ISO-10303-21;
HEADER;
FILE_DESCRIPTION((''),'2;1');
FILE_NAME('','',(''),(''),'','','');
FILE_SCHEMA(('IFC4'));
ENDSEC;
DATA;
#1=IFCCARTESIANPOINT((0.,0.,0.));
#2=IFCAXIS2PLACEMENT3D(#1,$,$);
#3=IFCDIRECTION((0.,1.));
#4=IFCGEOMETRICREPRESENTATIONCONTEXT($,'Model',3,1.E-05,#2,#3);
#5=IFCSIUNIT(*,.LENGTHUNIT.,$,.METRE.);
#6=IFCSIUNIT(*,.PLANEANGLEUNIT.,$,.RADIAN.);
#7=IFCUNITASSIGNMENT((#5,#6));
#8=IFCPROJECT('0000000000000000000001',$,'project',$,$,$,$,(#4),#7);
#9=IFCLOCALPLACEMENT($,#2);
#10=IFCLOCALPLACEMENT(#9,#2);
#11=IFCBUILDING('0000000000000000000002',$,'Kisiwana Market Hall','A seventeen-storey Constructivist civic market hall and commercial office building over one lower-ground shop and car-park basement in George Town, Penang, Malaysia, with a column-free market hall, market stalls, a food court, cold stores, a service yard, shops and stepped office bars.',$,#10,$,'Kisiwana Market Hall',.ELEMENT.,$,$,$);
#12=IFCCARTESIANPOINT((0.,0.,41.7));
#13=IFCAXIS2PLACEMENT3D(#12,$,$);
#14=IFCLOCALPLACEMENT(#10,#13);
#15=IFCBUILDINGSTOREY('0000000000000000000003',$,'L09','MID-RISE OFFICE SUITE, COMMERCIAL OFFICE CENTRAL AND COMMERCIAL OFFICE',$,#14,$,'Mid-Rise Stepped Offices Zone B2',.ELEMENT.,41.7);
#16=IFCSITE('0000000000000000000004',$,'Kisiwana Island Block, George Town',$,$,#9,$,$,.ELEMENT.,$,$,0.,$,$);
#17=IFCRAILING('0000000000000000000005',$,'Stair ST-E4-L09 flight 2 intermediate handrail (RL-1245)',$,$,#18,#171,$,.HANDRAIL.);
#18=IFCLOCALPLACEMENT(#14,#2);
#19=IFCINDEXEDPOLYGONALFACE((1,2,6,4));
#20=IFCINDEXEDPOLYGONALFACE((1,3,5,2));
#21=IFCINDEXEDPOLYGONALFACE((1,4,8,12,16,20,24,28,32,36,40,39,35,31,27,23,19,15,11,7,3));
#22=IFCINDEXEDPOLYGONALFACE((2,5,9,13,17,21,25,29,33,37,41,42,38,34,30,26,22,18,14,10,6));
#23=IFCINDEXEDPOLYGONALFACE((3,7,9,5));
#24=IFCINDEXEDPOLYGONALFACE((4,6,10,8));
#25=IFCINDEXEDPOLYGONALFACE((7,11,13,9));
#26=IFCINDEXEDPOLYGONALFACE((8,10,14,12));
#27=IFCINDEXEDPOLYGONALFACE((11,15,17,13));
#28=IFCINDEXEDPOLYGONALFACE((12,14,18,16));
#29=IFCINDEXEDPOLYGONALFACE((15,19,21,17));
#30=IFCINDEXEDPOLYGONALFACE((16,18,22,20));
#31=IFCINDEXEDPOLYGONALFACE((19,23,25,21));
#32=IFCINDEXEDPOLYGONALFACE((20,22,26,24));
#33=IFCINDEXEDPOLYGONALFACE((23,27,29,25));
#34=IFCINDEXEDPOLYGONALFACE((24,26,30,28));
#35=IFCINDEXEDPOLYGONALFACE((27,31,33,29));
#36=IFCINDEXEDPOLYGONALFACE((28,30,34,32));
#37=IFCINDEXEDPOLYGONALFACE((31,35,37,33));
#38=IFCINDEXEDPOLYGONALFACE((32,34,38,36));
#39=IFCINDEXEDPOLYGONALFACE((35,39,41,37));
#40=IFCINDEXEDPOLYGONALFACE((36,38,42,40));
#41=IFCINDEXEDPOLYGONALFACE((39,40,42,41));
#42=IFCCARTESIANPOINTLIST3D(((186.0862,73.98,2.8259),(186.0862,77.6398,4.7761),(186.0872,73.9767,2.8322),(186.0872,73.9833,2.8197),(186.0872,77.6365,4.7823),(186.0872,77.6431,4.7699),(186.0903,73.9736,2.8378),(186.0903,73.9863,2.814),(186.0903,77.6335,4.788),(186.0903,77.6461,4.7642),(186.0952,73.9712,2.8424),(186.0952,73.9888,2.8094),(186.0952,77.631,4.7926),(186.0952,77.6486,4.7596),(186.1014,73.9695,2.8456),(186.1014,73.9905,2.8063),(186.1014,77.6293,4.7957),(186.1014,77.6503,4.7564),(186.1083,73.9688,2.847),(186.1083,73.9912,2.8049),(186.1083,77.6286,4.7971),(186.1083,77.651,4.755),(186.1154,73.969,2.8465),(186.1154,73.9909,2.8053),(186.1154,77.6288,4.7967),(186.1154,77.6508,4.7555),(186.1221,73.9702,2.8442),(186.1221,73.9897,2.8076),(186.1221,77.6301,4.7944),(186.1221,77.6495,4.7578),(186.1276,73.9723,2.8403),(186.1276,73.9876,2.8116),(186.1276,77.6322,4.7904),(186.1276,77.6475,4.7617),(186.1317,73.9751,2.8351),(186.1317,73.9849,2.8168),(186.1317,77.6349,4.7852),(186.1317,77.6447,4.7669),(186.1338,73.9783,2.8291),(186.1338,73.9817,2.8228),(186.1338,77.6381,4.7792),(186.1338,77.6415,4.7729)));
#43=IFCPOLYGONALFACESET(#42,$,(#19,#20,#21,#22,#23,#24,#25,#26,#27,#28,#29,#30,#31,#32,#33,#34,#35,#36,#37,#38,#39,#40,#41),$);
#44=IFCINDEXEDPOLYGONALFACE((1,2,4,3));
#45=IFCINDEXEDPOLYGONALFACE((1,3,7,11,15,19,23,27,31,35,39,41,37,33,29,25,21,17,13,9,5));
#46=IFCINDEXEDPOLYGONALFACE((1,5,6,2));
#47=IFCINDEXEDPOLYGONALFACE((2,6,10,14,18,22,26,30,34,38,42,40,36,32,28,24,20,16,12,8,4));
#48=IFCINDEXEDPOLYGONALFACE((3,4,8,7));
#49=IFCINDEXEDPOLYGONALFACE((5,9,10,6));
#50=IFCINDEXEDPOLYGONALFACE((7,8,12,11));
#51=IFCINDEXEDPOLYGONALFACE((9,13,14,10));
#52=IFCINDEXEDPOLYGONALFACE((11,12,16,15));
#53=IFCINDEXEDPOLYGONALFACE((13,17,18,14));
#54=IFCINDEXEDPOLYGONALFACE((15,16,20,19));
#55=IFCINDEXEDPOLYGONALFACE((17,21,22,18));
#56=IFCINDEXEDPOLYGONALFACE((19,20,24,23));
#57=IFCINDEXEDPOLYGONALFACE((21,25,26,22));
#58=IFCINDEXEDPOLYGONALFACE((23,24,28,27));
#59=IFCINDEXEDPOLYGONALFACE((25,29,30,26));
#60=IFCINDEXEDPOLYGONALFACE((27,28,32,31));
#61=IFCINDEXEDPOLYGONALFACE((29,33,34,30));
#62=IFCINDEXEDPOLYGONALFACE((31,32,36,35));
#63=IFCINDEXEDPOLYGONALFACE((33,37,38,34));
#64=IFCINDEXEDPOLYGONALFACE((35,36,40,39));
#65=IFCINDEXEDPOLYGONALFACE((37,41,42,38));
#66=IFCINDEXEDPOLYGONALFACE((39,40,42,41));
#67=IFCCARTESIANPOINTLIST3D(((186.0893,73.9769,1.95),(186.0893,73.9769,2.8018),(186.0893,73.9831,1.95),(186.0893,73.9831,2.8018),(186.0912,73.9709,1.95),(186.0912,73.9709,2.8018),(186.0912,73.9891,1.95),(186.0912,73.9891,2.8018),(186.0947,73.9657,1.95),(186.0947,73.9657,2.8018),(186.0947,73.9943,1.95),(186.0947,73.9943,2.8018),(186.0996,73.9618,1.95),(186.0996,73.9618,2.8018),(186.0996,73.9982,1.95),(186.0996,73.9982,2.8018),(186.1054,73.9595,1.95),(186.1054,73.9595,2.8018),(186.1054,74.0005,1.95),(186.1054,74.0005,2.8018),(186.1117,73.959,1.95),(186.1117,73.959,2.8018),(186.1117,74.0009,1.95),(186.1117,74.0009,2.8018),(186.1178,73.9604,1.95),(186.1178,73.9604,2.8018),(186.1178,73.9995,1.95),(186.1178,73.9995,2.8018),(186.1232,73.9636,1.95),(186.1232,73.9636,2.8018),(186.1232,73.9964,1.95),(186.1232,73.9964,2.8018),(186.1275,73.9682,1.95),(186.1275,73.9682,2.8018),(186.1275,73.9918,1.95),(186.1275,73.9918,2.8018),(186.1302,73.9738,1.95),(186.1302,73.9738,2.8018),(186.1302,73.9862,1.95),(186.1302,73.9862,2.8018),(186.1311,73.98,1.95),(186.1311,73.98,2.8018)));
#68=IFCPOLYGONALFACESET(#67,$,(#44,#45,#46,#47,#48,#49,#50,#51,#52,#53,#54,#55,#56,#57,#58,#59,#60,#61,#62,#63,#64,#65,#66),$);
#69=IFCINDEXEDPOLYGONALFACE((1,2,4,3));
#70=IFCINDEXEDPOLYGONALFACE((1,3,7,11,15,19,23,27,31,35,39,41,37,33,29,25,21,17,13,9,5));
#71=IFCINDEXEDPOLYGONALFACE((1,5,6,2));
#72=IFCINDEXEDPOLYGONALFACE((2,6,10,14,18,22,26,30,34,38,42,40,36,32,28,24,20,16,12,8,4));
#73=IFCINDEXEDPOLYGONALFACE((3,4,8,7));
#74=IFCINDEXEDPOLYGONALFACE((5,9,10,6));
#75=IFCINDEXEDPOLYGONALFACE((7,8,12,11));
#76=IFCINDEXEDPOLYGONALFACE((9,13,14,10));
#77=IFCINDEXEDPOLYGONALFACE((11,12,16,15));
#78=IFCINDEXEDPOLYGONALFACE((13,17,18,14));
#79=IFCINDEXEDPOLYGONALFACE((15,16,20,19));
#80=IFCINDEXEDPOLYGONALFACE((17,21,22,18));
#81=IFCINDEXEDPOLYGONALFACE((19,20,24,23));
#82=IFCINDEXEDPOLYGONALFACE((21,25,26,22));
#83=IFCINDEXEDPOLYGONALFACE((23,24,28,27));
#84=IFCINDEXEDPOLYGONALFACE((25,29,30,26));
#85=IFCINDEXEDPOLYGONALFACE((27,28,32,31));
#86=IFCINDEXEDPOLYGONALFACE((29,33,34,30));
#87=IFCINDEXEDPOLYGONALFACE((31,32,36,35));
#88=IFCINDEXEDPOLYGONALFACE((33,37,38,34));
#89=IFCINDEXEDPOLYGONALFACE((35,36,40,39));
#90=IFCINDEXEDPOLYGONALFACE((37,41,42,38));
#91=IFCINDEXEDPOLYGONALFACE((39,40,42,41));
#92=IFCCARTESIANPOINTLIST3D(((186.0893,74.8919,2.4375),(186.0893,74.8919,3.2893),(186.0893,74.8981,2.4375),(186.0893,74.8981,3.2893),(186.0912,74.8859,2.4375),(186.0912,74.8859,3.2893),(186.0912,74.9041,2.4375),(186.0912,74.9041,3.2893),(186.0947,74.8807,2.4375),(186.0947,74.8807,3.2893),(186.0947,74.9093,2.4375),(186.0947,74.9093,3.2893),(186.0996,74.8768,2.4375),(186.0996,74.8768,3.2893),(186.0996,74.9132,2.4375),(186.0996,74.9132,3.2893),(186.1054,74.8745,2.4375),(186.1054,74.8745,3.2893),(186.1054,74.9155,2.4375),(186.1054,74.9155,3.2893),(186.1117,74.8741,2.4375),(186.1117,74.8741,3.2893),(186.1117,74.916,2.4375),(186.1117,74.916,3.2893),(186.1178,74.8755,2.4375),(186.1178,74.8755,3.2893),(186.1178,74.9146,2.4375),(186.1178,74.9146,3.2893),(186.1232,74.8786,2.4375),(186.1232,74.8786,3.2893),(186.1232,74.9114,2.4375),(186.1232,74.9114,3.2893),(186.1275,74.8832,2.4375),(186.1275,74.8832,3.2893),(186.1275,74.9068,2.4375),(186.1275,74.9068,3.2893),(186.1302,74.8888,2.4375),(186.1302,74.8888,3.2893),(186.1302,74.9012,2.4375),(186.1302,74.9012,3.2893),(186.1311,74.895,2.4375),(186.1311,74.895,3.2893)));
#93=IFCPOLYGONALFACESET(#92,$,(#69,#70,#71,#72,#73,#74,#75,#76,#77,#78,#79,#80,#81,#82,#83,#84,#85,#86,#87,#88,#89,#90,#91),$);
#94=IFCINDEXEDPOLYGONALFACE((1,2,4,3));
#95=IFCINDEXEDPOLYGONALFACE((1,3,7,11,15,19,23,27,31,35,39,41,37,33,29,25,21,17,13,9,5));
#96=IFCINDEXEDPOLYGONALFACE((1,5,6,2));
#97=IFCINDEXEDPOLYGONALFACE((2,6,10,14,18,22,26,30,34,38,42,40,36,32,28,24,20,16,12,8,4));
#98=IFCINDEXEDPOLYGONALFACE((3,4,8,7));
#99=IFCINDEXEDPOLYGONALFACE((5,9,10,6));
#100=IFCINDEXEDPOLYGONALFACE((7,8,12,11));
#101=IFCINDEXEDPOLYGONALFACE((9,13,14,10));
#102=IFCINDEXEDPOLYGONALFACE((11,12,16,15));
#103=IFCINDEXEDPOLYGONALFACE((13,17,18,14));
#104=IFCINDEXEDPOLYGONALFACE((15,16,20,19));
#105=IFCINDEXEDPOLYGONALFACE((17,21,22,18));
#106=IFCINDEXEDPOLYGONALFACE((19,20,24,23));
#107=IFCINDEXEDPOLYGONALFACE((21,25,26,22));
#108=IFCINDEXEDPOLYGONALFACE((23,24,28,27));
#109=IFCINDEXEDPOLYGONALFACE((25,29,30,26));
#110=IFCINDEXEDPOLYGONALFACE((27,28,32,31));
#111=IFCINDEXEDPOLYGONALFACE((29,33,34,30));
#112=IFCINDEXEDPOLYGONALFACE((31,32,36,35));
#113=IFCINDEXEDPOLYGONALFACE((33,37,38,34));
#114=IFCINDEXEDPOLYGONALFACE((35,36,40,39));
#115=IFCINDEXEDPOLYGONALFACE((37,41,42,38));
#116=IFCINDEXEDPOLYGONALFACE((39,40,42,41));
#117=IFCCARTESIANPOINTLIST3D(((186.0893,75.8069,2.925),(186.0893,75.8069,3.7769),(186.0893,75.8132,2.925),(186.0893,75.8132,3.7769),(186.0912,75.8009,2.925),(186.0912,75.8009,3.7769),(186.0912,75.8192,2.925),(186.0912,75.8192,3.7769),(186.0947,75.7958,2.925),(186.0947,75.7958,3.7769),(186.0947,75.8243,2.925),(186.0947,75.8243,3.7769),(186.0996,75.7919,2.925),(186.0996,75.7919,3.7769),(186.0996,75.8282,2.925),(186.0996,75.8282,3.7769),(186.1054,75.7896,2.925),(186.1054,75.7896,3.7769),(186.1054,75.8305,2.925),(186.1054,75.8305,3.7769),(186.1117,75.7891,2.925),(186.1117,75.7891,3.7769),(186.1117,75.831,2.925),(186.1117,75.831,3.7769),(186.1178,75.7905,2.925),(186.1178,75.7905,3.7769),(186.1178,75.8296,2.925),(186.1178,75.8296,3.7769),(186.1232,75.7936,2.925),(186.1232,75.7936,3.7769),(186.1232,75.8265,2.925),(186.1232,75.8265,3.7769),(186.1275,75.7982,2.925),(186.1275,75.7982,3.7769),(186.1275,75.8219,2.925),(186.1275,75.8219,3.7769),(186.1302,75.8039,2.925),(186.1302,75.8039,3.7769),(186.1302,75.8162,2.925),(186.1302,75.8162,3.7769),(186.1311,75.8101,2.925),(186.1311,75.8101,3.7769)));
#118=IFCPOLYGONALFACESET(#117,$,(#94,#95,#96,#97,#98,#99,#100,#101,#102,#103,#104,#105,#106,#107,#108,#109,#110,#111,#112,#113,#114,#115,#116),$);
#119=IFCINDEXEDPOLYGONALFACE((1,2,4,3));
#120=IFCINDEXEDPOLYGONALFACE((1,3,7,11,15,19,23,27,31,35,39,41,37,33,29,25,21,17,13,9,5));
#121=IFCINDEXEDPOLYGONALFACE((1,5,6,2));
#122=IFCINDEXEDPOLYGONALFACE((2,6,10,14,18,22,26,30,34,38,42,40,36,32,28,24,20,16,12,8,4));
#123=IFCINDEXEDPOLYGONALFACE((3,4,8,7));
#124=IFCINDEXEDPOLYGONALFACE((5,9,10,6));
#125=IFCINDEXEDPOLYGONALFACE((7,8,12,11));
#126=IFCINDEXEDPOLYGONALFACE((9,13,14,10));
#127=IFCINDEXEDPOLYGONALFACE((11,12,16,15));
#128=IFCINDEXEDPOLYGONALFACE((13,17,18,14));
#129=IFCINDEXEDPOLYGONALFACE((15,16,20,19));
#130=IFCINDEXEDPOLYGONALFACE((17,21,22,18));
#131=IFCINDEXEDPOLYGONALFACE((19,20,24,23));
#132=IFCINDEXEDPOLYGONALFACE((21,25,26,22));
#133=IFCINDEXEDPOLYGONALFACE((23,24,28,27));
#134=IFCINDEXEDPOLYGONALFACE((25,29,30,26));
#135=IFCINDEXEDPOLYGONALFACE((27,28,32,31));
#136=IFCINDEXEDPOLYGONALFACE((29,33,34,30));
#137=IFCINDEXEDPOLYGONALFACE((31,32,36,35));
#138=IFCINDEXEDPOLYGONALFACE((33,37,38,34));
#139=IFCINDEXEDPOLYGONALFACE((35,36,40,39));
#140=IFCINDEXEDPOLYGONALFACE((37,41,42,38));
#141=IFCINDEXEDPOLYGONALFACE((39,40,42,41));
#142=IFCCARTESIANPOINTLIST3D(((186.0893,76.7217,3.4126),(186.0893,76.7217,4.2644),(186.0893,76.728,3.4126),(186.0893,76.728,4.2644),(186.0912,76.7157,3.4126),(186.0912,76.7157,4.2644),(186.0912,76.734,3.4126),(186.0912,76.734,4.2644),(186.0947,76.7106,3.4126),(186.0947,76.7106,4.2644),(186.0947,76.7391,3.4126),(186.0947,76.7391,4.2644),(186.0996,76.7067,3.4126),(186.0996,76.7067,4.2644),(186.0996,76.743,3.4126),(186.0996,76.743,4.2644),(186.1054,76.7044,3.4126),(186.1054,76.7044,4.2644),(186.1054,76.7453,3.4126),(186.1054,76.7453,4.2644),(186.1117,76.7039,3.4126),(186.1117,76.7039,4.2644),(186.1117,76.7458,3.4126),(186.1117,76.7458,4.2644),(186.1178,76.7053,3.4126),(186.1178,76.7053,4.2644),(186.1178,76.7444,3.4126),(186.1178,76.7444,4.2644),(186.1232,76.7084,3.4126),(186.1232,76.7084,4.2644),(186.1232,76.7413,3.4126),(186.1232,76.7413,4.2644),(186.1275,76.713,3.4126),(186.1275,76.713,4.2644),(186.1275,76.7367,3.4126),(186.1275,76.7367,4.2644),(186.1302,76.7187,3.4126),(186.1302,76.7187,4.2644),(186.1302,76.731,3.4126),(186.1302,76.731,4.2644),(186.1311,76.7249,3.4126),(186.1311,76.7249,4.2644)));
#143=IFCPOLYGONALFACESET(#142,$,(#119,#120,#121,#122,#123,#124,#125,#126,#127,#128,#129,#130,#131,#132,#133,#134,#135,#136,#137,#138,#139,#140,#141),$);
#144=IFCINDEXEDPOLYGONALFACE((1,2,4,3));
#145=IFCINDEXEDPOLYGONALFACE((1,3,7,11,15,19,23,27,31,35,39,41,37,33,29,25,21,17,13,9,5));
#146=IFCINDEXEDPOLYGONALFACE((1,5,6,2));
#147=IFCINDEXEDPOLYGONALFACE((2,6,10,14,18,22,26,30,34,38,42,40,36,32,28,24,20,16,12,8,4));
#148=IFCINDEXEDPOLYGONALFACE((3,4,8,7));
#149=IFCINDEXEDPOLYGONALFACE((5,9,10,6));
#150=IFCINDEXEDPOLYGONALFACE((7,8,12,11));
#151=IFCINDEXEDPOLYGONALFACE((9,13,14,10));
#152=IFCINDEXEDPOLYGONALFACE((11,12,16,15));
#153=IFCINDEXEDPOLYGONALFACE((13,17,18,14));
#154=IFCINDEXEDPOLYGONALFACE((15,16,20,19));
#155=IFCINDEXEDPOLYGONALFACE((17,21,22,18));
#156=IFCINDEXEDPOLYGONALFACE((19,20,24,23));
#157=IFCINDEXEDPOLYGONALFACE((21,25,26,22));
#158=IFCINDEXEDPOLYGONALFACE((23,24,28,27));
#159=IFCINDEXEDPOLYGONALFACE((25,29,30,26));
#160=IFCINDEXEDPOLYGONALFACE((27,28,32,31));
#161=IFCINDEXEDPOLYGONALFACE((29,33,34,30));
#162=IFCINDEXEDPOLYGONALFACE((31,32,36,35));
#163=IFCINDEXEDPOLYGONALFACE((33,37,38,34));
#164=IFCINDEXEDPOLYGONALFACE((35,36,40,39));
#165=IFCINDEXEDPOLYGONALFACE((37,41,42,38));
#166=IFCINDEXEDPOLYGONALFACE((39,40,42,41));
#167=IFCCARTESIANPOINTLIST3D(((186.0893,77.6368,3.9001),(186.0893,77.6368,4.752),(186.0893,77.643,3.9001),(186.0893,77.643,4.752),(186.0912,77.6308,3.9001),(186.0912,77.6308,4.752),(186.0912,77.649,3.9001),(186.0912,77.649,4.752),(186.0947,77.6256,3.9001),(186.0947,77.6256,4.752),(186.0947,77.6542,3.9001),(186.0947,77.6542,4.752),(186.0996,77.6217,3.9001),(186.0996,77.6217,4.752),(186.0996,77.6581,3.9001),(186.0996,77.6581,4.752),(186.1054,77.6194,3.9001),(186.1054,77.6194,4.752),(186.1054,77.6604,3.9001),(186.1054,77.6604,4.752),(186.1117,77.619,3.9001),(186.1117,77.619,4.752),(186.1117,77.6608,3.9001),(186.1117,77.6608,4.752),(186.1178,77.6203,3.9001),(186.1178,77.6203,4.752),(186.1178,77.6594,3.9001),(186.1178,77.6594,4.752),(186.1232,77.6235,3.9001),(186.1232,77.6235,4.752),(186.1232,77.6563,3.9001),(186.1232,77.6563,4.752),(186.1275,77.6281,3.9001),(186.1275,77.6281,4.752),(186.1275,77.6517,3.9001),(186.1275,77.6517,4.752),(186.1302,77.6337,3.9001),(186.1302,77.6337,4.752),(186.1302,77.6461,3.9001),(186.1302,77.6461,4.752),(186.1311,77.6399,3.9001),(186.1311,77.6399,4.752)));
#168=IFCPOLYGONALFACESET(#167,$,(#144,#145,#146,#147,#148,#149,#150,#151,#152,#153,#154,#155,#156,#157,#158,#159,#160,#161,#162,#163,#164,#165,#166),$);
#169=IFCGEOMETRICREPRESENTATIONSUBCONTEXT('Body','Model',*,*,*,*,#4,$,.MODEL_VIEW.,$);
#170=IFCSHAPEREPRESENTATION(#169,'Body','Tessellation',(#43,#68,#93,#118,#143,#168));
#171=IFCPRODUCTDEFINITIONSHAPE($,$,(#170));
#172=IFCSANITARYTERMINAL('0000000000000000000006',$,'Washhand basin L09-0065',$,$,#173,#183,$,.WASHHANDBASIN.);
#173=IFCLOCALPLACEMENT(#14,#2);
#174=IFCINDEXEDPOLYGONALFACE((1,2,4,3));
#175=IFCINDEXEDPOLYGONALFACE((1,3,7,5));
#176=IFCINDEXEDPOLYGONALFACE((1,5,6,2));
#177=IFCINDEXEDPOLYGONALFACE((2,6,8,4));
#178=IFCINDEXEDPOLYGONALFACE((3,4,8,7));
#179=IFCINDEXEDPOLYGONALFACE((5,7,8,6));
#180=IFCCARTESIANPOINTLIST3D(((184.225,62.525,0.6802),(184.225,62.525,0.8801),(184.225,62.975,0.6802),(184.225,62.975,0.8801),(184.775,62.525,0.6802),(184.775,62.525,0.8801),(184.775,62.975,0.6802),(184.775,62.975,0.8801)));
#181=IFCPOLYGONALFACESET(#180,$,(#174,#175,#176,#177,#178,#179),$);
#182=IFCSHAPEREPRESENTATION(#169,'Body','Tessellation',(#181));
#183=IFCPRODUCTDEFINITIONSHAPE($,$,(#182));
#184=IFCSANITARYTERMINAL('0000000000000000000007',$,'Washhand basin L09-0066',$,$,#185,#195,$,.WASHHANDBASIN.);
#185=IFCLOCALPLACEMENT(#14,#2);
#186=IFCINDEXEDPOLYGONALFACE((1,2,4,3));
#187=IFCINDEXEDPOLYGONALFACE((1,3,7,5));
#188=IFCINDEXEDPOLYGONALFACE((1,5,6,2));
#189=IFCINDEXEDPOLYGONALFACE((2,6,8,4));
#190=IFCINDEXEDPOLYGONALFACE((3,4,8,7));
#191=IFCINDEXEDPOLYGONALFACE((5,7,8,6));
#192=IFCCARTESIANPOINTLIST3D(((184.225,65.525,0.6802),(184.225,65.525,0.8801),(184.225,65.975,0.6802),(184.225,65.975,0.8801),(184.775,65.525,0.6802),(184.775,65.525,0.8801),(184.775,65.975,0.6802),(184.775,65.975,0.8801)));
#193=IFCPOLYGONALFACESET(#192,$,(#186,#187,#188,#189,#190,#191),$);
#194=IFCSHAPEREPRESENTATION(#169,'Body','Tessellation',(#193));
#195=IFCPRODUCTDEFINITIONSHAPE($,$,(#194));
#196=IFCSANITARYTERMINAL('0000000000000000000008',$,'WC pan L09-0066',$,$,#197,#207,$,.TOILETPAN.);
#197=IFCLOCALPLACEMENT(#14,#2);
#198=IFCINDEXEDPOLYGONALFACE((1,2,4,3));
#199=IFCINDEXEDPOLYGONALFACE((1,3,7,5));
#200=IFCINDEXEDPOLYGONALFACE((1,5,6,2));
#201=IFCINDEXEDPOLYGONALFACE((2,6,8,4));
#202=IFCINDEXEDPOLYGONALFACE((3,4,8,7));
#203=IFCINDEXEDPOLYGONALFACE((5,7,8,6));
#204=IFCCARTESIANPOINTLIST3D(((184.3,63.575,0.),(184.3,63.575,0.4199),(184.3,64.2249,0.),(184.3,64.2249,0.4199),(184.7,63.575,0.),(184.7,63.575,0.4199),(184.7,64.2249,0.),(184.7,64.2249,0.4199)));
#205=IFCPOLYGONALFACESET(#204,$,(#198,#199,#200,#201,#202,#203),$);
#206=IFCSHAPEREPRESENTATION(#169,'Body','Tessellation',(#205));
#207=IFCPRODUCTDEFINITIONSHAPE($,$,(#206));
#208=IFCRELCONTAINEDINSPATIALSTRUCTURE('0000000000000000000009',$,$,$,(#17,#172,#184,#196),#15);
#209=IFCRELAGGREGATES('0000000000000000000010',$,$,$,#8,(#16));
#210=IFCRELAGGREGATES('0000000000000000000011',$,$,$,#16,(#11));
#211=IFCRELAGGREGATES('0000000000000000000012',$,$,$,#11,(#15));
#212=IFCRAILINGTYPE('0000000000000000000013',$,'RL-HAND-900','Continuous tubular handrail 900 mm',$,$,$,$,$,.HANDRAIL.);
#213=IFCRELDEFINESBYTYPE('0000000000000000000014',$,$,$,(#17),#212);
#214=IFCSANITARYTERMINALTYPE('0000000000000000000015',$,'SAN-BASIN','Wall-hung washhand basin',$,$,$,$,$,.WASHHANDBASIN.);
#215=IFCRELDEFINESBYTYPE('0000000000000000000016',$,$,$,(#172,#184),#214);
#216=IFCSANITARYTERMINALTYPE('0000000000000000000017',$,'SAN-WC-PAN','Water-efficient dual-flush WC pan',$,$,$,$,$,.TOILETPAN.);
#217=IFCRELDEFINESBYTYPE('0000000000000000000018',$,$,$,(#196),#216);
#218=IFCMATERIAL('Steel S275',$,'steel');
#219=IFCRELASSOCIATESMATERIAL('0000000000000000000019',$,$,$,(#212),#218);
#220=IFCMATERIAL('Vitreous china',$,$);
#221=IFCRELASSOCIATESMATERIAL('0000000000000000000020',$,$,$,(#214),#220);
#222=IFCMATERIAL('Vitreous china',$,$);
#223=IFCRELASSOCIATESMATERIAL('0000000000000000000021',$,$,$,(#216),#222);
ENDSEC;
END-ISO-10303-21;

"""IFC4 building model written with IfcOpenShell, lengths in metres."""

from ifc_helpers import new_model, si_unit, direction, frame, origin, origin_2d, place, context, subcontext, project, spatial, rectangle, circle, extrude, material, type_object, element, save


model = new_model("IFC4")

# Units and contexts
model_context = context("Model", 3, precision=1e-05, world=origin(), true_north=direction((0.0, 1.0)))
body_context = subcontext(model_context, "Body", "Model", "MODEL_VIEW")
ifc_project = project(units=[si_unit("LENGTHUNIT", "METRE"), si_unit("PLANEANGLEUNIT", "RADIAN")], contexts=[model_context])

# Site, building, storey
site_placement = place(None, origin())
site = spatial("IfcSite", under=ifc_project, at=site_placement, Name="Kisiwana Island Block, George Town", CompositionType="ELEMENT", RefElevation=0.0)
building_placement = place(site_placement, origin())
building = spatial("IfcBuilding", under=site, at=building_placement, Name="Kisiwana Market Hall", Description="A seventeen-storey Constructivist civic market hall and commercial office building over one lower-ground shop and car-park basement in George Town, Penang, Malaysia, with a column-free market hall, market stalls, a food court, cold stores, a service yard, shops and stepped office bars.", LongName="Kisiwana Market Hall", CompositionType="ELEMENT")
storey_placement = place(building_placement, frame((0.0, 0.0, 41.7)))
storey = spatial("IfcBuildingStorey", under=building, at=storey_placement, Name="L09", Description="MID-RISE OFFICE SUITE, COMMERCIAL OFFICE CENTRAL AND COMMERCIAL OFFICE", LongName="Mid-Rise Stepped Offices Zone B2", CompositionType="ELEMENT", Elevation=41.7)

# Railing
ifc_material_1 = material(Name="Steel S275", Category="steel")
railing_type_1 = type_object("IfcRailingType", Name="RL-HAND-900", Description="Continuous tubular handrail 900 mm", PredefinedType="HANDRAIL", material=ifc_material_1)
railing_1_placement = place(storey_placement, frame((186.1101, 73.98, 1.95)))
element("IfcRailing", 1, at=railing_1_placement, inside=storey, type_object=railing_type_1, Name="Stair ST-E4-L09 flight 2 intermediate handrail (RL-1245)", PredefinedType="HANDRAIL", context=body_context, shape_type="SweptSolid", body=[
    extrude(circle(Radius=0.0239, at=origin_2d()), frame((0.0, 0.0, 0.876), z_axis=(0.0, 0.882529, 0.470258), x_axis=(-1.0, 0.0, 0.0)), (0.0, 0.0, 1.0), 4.147),
    extrude(circle(Radius=0.021, at=origin_2d()), origin(), (0.0, 0.0, 1.0), 0.8518),
    extrude(circle(Radius=0.021, at=origin_2d()), frame((0.0, 0.915, 0.4875)), (0.0, 0.0, 1.0), 0.8518),
    extrude(circle(Radius=0.021, at=origin_2d()), frame((0.0, 1.8301, 0.9751)), (0.0, 0.0, 1.0), 0.8518),
    extrude(circle(Radius=0.021, at=origin_2d()), frame((0.0, 2.7449, 1.4626)), (0.0, 0.0, 1.0), 0.8518),
    extrude(circle(Radius=0.021, at=origin_2d()), frame((0.0, 3.6599, 1.9502)), (0.0, 0.0, 1.0), 0.8518),
])

# Sanitary terminals
ifc_material_2 = material(Name="Vitreous china")
sanitary_terminal_type_1 = type_object("IfcSanitaryTerminalType", Name="SAN-BASIN", Description="Wall-hung washhand basin", PredefinedType="WASHHANDBASIN", material=ifc_material_2)
for number, where, z_axis, x_axis, name in (
    (2, (184.5, 62.75, 0.6802), (0.0, 0.0, 1.0), (1.0, 0.0, 0.0), "Washhand basin L09-0065"),
    (3, (184.5, 65.75, 0.6802), (0.0, 0.0, 1.0), (1.0, 0.0, 0.0), "Washhand basin L09-0066"),
):
    element("IfcSanitaryTerminal", number, at=place(storey_placement, frame(where, z_axis=z_axis, x_axis=x_axis)), inside=storey, type_object=sanitary_terminal_type_1, Name=name, PredefinedType="WASHHANDBASIN", context=body_context, shape_type="SweptSolid", body=[
        extrude(rectangle(XDim=0.55, YDim=0.45, at=origin_2d()), origin(), (0.0, 0.0, 1.0), 0.2),
    ])
ifc_material_3 = material(Name="Vitreous china")
sanitary_terminal_type_2 = type_object("IfcSanitaryTerminalType", Name="SAN-WC-PAN", Description="Water-efficient dual-flush WC pan", PredefinedType="TOILETPAN", material=ifc_material_3)
sanitary_terminal_placement = place(storey_placement, frame((184.5, 63.8999, 0.0), z_axis=(0.0, 0.0, 1.0), x_axis=(1.0, 0.0, 0.0)))
element("IfcSanitaryTerminal", 4, at=sanitary_terminal_placement, inside=storey, type_object=sanitary_terminal_type_2, Name="WC pan L09-0066", PredefinedType="TOILETPAN", context=body_context, shape_type="SweptSolid", body=[
    extrude(rectangle(XDim=0.3999, YDim=0.6499, at=origin_2d()), origin(), (0.0, 0.0, 1.0), 0.4199),
])

save(model, "model.ifc")
